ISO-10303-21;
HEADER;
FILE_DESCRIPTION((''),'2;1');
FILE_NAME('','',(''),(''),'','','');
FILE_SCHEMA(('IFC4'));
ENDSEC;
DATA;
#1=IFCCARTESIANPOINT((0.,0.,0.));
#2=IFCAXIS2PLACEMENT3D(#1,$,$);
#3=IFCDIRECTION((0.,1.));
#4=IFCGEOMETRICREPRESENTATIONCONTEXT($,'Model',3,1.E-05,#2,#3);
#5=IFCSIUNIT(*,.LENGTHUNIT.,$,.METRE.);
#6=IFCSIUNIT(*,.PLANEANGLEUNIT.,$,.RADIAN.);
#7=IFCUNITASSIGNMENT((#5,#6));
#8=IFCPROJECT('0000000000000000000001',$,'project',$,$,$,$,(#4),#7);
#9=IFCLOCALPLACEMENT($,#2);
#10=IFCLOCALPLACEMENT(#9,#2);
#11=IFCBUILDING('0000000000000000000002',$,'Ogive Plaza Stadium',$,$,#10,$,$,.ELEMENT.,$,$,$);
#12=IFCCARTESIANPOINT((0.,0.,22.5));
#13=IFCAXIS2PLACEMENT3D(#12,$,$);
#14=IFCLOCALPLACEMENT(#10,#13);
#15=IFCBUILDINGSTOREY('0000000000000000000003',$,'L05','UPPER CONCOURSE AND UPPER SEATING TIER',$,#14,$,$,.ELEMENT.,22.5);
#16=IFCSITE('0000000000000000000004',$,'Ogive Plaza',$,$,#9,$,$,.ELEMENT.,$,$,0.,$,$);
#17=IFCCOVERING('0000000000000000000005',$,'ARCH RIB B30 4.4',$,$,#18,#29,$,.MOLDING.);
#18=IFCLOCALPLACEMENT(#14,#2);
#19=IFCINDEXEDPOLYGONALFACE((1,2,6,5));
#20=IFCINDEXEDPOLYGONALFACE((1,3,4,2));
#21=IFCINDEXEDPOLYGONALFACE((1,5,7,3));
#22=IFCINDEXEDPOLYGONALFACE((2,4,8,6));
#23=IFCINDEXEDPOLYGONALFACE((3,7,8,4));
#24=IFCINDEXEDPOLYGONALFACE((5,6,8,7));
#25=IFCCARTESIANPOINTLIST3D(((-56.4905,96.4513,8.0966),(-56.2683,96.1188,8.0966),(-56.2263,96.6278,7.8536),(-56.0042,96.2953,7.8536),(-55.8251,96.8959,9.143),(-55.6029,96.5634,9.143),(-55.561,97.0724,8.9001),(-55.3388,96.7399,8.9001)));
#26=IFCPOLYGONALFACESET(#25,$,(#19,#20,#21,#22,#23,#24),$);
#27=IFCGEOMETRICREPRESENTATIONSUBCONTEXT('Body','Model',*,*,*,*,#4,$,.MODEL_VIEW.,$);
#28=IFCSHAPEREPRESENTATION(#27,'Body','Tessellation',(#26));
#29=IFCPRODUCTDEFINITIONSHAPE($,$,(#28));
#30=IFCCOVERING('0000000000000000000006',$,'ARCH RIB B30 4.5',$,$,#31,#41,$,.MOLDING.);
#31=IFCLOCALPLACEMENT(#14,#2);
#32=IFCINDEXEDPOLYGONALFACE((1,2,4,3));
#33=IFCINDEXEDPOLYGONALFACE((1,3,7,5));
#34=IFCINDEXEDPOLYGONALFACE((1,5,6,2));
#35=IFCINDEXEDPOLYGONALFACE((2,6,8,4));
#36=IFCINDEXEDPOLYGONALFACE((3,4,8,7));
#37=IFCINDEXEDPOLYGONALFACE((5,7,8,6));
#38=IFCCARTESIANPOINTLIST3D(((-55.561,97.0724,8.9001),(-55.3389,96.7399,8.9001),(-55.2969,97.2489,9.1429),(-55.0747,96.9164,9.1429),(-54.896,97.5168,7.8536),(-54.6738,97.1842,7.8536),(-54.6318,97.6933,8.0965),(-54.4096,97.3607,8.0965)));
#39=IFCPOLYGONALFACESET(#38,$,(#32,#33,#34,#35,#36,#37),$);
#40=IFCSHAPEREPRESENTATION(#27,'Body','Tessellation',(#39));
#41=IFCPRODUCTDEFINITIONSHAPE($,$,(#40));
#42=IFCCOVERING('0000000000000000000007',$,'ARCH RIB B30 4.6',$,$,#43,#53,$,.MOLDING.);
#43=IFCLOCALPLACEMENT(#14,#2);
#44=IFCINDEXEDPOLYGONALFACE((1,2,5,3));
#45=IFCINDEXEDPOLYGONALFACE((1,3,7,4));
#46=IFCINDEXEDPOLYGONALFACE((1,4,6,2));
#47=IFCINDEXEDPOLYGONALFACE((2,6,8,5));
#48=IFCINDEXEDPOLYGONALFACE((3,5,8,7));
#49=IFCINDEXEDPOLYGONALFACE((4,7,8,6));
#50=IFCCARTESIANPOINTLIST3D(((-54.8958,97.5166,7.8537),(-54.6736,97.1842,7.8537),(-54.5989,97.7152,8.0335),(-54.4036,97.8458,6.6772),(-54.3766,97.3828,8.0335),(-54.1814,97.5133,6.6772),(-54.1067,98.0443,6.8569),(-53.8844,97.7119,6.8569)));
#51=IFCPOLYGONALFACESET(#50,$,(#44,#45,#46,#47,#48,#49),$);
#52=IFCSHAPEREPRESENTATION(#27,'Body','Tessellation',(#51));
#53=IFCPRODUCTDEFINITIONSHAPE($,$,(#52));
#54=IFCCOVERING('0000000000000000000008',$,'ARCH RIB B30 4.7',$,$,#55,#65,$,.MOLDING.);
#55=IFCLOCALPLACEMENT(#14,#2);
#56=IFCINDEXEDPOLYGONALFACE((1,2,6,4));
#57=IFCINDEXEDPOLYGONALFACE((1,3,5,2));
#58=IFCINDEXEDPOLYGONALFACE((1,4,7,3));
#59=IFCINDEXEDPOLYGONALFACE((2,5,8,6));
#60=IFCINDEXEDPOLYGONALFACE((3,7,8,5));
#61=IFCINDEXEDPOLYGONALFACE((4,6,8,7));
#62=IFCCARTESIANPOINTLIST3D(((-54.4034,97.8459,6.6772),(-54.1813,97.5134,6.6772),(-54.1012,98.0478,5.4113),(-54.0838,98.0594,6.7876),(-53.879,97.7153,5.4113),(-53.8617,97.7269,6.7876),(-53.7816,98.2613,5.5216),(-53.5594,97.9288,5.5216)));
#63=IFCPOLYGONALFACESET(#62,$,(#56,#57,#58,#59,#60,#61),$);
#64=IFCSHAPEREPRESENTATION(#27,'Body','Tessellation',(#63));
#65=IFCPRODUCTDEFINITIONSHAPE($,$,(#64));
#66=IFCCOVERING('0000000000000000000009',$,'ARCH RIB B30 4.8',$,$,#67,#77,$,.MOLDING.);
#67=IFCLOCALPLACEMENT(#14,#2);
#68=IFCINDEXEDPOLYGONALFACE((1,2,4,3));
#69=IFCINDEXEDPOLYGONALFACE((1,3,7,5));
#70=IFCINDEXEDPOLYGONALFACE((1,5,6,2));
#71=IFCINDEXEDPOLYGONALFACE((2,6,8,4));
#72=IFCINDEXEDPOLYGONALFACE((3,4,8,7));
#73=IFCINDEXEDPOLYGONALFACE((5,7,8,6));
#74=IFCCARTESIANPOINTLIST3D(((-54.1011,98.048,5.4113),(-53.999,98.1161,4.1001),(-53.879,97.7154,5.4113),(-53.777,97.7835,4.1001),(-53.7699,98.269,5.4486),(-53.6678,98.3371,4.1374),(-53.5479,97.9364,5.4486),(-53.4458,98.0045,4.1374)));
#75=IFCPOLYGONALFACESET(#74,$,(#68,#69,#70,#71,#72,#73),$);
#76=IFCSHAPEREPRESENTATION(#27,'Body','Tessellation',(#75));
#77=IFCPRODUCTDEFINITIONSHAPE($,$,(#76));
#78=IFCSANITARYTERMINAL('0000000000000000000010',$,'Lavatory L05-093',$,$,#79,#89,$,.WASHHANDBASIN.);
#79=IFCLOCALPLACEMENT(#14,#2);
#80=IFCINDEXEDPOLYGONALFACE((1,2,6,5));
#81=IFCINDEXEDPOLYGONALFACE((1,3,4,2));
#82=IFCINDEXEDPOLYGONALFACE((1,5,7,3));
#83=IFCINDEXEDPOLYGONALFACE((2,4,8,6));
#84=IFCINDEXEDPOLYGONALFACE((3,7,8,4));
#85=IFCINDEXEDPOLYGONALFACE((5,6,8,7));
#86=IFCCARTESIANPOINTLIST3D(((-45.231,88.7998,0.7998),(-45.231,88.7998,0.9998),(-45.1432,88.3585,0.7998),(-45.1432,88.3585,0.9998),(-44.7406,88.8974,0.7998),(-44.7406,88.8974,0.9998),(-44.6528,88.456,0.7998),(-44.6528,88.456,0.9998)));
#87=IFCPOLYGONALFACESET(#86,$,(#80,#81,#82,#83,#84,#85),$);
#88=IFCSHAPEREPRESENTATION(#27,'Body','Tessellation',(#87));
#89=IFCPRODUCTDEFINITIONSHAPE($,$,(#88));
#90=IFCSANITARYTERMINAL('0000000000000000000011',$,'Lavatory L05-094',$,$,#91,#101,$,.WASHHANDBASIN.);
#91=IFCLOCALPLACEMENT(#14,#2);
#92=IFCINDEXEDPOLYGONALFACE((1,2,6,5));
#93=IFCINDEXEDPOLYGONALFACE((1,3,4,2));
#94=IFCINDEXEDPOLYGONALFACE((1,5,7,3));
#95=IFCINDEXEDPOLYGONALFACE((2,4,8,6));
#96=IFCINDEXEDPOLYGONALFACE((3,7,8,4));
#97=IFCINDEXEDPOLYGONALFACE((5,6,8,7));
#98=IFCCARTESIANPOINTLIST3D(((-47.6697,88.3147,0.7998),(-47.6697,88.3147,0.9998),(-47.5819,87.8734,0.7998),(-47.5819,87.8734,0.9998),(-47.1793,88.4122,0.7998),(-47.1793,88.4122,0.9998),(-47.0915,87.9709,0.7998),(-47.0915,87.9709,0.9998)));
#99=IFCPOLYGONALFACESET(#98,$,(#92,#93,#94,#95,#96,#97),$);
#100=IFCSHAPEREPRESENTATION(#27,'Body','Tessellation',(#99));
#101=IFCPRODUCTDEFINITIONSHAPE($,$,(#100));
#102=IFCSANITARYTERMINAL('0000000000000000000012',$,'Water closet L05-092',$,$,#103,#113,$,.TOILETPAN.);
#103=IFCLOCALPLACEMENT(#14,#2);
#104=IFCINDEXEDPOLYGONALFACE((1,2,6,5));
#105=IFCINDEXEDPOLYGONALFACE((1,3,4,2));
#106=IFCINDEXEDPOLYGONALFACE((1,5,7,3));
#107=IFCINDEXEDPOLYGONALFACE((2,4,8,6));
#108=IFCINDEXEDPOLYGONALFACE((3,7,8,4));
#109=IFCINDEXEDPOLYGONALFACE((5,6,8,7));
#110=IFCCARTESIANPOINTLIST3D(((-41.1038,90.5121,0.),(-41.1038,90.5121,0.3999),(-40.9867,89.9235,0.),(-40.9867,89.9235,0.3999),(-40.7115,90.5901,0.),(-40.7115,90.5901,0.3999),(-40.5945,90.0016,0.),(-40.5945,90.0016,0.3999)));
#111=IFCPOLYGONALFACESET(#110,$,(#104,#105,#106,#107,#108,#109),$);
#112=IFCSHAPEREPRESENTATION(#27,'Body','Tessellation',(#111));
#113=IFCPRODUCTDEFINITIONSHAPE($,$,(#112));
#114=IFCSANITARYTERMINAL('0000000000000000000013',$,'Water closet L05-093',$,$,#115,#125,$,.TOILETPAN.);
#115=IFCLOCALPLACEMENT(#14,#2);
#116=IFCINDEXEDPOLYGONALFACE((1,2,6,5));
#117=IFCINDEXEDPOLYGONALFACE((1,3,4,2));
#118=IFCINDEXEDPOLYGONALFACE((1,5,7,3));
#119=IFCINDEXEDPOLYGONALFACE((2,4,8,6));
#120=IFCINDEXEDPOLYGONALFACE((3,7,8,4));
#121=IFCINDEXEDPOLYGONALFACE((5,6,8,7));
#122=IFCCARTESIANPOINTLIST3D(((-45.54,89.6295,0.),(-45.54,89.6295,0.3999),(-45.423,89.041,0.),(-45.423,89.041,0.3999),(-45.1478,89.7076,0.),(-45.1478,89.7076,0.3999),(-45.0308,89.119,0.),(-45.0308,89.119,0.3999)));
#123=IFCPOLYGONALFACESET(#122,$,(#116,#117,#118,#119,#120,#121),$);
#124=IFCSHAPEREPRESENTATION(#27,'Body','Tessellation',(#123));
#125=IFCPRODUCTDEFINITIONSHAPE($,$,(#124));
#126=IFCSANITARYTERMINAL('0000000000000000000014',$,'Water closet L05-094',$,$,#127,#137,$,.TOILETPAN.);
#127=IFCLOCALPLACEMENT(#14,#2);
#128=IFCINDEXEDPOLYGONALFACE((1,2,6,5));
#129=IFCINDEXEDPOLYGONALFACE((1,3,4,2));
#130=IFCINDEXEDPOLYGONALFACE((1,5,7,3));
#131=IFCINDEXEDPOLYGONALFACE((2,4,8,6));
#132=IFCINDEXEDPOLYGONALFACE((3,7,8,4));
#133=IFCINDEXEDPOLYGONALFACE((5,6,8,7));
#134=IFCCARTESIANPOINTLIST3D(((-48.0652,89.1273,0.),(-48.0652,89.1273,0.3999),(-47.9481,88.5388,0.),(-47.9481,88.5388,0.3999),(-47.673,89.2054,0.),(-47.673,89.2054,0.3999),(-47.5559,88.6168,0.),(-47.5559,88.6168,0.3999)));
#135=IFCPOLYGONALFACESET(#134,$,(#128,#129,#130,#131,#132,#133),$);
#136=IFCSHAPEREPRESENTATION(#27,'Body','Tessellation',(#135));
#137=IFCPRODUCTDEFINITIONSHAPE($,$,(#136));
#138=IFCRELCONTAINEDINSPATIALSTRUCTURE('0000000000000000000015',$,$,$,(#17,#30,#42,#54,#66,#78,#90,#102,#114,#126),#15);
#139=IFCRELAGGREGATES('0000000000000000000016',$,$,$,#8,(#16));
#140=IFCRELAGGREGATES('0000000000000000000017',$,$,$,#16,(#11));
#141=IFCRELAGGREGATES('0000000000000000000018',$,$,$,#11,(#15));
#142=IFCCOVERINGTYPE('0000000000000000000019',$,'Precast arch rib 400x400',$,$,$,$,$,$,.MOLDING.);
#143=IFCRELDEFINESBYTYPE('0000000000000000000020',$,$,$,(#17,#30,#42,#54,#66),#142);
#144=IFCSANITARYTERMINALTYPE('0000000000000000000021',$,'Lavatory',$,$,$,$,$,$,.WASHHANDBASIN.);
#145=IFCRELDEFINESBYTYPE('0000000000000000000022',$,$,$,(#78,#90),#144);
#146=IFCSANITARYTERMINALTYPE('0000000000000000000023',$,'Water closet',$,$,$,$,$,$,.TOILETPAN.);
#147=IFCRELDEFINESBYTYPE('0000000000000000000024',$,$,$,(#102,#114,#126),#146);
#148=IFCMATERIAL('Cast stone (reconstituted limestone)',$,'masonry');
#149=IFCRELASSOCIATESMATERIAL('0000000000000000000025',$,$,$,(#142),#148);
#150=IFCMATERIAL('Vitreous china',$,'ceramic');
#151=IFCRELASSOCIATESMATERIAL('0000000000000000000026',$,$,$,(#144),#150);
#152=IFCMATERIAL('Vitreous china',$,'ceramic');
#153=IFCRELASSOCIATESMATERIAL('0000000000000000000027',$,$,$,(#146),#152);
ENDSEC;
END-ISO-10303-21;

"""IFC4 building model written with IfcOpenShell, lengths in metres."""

from ifc_helpers import new_model, si_unit, direction, frame, origin, origin_2d, place, context, subcontext, project, spatial, rectangle, extrude, material, material_profile, profile_set, type_object, element, save


model = new_model("IFC4")

# Units and contexts
model_context = context("Model", 3, precision=1e-05, world=origin(), true_north=direction((0.0, 1.0)))
body_context = subcontext(model_context, "Body", "Model", "MODEL_VIEW")
ifc_project = project(units=[si_unit("LENGTHUNIT", "METRE"), si_unit("PLANEANGLEUNIT", "RADIAN")], contexts=[model_context])

# Site, building, storey
site_placement = place(None, origin())
site = spatial("IfcSite", under=ifc_project, at=site_placement, Name="Ogive Plaza", CompositionType="ELEMENT", RefElevation=0.0)
building_placement = place(site_placement, origin())
building = spatial("IfcBuilding", under=site, at=building_placement, Name="Ogive Plaza Stadium", CompositionType="ELEMENT")
storey_placement = place(building_placement, frame((0.0, 0.0, 22.5)))
storey = spatial("IfcBuildingStorey", under=building, at=storey_placement, Name="L05", Description="UPPER CONCOURSE AND UPPER SEATING TIER", CompositionType="ELEMENT", Elevation=22.5)

# Coverings
ifc_material_1 = material(Name="Cast stone (reconstituted limestone)", Category="masonry")
ifc_material_profile_1 = material_profile(ifc_material_1, rectangle(XDim=0.3999, YDim=0.3999, at=origin_2d()), Name="Cast stone 400x400")
ifc_profile_set_1 = profile_set([ifc_material_profile_1], Name="Cast stone (reconstituted limestone)")
covering_type = type_object("IfcCoveringType", Name="Precast arch rib 400x400", PredefinedType="MOLDING", material=ifc_profile_set_1)
covering_1_placement = place(storey_placement, frame((-56.2473, 96.3733, 7.9751), z_axis=(0.50505, 0.337503, 0.794365), x_axis=(-0.555615, 0.83144, 0.0)))
element("IfcCovering", 1, at=covering_1_placement, inside=storey, type_object=covering_type, Name="ARCH RIB B30 4.4", PredefinedType="MOLDING", context=body_context, shape_type="SweptSolid", body=[
    extrude(rectangle(XDim=0.3999, YDim=0.3999, at=origin_2d()), origin(), (0.0, 0.0, 1.0), 1.3174),
])
for number, where, z_axis, x_axis, name in (
    (2, (-55.3179, 96.9944, 9.0215), (0.504944, 0.337371, -0.794489), (-0.555545, 0.831486, 0.0), "ARCH RIB B30 4.5"),
    (3, (-54.6362, 97.4497, 7.9436), (0.373692, 0.249869, -0.893264), (-0.555842, 0.831288, 0.0), "ARCH RIB B30 4.6"),
    (4, (-54.1326, 97.7864, 6.7324), (0.229492, 0.153304, -0.961161), (-0.555475, 0.831533, 0.0), "ARCH RIB B30 4.7"),
):
    element("IfcCovering", number, at=place(storey_placement, frame(where, z_axis=z_axis, x_axis=x_axis)), inside=storey, type_object=covering_type, Name=name, PredefinedType="MOLDING", context=body_context, shape_type="SweptSolid", body=[
        extrude(rectangle(XDim=0.3999, YDim=0.3999, at=origin_2d()), origin(), (0.0, 0.0, 1.0), 1.3171),
    ])
covering_2_placement = place(storey_placement, frame((-53.8245, 97.9922, 5.4299), z_axis=(0.077487, 0.05172, -0.995651), x_axis=(-0.555159, 0.831744, 0.0)))
element("IfcCovering", 5, at=covering_2_placement, inside=storey, type_object=covering_type, Name="ARCH RIB B30 4.8", PredefinedType="MOLDING", context=body_context, shape_type="SweptSolid", body=[
    extrude(rectangle(XDim=0.3999, YDim=0.3999, at=origin_2d()), origin(), (0.0, 0.0, 1.0), 1.3169),
])

# Sanitary terminals
ifc_material_2 = material(Name="Vitreous china", Category="ceramic")
sanitary_terminal_type_1 = type_object("IfcSanitaryTerminalType", Name="Lavatory", PredefinedType="WASHHANDBASIN", material=ifc_material_2)
for number, where, z_axis, x_axis, name in (
    (6, (-44.9419, 88.6279, 0.7998), (0.0, 0.0, 1.0), (0.980785, 0.19509, 0.0), "Lavatory L05-093"),
    (7, (-47.3806, 88.1428, 0.7998), (0.0, 0.0, 1.0), (0.980785, 0.19509, 0.0), "Lavatory L05-094"),
):
    element("IfcSanitaryTerminal", number, at=place(storey_placement, frame(where, z_axis=z_axis, x_axis=x_axis)), inside=storey, type_object=sanitary_terminal_type_1, Name=name, PredefinedType="WASHHANDBASIN", context=body_context, shape_type="SweptSolid", body=[
        extrude(rectangle(XDim=0.5, YDim=0.45, at=origin_2d()), origin(), (0.0, 0.0, 1.0), 0.2),
    ])
ifc_material_3 = material(Name="Vitreous china", Category="ceramic")
sanitary_terminal_type_2 = type_object("IfcSanitaryTerminalType", Name="Water closet", PredefinedType="TOILETPAN", material=ifc_material_3)
for number, where, z_axis, x_axis, name in (
    (8, (-40.8491, 90.2568, 0.0), (0.0, 0.0, 1.0), (-0.980785, -0.19509, 0.0), "Water closet L05-092"),
    (9, (-45.2854, 89.3743, 0.0), (0.0, 0.0, 1.0), (0.980785, 0.19509, 0.0), "Water closet L05-093"),
    (10, (-47.8105, 88.8721, 0.0), (0.0, 0.0, 1.0), (0.980785, 0.19509, 0.0), "Water closet L05-094"),
):
    element("IfcSanitaryTerminal", number, at=place(storey_placement, frame(where, z_axis=z_axis, x_axis=x_axis)), inside=storey, type_object=sanitary_terminal_type_2, Name=name, PredefinedType="TOILETPAN", context=body_context, shape_type="SweptSolid", body=[
        extrude(rectangle(XDim=0.3999, YDim=0.6001, at=origin_2d()), origin(), (0.0, 0.0, 1.0), 0.3999),
    ])

save(model, "model.ifc")
